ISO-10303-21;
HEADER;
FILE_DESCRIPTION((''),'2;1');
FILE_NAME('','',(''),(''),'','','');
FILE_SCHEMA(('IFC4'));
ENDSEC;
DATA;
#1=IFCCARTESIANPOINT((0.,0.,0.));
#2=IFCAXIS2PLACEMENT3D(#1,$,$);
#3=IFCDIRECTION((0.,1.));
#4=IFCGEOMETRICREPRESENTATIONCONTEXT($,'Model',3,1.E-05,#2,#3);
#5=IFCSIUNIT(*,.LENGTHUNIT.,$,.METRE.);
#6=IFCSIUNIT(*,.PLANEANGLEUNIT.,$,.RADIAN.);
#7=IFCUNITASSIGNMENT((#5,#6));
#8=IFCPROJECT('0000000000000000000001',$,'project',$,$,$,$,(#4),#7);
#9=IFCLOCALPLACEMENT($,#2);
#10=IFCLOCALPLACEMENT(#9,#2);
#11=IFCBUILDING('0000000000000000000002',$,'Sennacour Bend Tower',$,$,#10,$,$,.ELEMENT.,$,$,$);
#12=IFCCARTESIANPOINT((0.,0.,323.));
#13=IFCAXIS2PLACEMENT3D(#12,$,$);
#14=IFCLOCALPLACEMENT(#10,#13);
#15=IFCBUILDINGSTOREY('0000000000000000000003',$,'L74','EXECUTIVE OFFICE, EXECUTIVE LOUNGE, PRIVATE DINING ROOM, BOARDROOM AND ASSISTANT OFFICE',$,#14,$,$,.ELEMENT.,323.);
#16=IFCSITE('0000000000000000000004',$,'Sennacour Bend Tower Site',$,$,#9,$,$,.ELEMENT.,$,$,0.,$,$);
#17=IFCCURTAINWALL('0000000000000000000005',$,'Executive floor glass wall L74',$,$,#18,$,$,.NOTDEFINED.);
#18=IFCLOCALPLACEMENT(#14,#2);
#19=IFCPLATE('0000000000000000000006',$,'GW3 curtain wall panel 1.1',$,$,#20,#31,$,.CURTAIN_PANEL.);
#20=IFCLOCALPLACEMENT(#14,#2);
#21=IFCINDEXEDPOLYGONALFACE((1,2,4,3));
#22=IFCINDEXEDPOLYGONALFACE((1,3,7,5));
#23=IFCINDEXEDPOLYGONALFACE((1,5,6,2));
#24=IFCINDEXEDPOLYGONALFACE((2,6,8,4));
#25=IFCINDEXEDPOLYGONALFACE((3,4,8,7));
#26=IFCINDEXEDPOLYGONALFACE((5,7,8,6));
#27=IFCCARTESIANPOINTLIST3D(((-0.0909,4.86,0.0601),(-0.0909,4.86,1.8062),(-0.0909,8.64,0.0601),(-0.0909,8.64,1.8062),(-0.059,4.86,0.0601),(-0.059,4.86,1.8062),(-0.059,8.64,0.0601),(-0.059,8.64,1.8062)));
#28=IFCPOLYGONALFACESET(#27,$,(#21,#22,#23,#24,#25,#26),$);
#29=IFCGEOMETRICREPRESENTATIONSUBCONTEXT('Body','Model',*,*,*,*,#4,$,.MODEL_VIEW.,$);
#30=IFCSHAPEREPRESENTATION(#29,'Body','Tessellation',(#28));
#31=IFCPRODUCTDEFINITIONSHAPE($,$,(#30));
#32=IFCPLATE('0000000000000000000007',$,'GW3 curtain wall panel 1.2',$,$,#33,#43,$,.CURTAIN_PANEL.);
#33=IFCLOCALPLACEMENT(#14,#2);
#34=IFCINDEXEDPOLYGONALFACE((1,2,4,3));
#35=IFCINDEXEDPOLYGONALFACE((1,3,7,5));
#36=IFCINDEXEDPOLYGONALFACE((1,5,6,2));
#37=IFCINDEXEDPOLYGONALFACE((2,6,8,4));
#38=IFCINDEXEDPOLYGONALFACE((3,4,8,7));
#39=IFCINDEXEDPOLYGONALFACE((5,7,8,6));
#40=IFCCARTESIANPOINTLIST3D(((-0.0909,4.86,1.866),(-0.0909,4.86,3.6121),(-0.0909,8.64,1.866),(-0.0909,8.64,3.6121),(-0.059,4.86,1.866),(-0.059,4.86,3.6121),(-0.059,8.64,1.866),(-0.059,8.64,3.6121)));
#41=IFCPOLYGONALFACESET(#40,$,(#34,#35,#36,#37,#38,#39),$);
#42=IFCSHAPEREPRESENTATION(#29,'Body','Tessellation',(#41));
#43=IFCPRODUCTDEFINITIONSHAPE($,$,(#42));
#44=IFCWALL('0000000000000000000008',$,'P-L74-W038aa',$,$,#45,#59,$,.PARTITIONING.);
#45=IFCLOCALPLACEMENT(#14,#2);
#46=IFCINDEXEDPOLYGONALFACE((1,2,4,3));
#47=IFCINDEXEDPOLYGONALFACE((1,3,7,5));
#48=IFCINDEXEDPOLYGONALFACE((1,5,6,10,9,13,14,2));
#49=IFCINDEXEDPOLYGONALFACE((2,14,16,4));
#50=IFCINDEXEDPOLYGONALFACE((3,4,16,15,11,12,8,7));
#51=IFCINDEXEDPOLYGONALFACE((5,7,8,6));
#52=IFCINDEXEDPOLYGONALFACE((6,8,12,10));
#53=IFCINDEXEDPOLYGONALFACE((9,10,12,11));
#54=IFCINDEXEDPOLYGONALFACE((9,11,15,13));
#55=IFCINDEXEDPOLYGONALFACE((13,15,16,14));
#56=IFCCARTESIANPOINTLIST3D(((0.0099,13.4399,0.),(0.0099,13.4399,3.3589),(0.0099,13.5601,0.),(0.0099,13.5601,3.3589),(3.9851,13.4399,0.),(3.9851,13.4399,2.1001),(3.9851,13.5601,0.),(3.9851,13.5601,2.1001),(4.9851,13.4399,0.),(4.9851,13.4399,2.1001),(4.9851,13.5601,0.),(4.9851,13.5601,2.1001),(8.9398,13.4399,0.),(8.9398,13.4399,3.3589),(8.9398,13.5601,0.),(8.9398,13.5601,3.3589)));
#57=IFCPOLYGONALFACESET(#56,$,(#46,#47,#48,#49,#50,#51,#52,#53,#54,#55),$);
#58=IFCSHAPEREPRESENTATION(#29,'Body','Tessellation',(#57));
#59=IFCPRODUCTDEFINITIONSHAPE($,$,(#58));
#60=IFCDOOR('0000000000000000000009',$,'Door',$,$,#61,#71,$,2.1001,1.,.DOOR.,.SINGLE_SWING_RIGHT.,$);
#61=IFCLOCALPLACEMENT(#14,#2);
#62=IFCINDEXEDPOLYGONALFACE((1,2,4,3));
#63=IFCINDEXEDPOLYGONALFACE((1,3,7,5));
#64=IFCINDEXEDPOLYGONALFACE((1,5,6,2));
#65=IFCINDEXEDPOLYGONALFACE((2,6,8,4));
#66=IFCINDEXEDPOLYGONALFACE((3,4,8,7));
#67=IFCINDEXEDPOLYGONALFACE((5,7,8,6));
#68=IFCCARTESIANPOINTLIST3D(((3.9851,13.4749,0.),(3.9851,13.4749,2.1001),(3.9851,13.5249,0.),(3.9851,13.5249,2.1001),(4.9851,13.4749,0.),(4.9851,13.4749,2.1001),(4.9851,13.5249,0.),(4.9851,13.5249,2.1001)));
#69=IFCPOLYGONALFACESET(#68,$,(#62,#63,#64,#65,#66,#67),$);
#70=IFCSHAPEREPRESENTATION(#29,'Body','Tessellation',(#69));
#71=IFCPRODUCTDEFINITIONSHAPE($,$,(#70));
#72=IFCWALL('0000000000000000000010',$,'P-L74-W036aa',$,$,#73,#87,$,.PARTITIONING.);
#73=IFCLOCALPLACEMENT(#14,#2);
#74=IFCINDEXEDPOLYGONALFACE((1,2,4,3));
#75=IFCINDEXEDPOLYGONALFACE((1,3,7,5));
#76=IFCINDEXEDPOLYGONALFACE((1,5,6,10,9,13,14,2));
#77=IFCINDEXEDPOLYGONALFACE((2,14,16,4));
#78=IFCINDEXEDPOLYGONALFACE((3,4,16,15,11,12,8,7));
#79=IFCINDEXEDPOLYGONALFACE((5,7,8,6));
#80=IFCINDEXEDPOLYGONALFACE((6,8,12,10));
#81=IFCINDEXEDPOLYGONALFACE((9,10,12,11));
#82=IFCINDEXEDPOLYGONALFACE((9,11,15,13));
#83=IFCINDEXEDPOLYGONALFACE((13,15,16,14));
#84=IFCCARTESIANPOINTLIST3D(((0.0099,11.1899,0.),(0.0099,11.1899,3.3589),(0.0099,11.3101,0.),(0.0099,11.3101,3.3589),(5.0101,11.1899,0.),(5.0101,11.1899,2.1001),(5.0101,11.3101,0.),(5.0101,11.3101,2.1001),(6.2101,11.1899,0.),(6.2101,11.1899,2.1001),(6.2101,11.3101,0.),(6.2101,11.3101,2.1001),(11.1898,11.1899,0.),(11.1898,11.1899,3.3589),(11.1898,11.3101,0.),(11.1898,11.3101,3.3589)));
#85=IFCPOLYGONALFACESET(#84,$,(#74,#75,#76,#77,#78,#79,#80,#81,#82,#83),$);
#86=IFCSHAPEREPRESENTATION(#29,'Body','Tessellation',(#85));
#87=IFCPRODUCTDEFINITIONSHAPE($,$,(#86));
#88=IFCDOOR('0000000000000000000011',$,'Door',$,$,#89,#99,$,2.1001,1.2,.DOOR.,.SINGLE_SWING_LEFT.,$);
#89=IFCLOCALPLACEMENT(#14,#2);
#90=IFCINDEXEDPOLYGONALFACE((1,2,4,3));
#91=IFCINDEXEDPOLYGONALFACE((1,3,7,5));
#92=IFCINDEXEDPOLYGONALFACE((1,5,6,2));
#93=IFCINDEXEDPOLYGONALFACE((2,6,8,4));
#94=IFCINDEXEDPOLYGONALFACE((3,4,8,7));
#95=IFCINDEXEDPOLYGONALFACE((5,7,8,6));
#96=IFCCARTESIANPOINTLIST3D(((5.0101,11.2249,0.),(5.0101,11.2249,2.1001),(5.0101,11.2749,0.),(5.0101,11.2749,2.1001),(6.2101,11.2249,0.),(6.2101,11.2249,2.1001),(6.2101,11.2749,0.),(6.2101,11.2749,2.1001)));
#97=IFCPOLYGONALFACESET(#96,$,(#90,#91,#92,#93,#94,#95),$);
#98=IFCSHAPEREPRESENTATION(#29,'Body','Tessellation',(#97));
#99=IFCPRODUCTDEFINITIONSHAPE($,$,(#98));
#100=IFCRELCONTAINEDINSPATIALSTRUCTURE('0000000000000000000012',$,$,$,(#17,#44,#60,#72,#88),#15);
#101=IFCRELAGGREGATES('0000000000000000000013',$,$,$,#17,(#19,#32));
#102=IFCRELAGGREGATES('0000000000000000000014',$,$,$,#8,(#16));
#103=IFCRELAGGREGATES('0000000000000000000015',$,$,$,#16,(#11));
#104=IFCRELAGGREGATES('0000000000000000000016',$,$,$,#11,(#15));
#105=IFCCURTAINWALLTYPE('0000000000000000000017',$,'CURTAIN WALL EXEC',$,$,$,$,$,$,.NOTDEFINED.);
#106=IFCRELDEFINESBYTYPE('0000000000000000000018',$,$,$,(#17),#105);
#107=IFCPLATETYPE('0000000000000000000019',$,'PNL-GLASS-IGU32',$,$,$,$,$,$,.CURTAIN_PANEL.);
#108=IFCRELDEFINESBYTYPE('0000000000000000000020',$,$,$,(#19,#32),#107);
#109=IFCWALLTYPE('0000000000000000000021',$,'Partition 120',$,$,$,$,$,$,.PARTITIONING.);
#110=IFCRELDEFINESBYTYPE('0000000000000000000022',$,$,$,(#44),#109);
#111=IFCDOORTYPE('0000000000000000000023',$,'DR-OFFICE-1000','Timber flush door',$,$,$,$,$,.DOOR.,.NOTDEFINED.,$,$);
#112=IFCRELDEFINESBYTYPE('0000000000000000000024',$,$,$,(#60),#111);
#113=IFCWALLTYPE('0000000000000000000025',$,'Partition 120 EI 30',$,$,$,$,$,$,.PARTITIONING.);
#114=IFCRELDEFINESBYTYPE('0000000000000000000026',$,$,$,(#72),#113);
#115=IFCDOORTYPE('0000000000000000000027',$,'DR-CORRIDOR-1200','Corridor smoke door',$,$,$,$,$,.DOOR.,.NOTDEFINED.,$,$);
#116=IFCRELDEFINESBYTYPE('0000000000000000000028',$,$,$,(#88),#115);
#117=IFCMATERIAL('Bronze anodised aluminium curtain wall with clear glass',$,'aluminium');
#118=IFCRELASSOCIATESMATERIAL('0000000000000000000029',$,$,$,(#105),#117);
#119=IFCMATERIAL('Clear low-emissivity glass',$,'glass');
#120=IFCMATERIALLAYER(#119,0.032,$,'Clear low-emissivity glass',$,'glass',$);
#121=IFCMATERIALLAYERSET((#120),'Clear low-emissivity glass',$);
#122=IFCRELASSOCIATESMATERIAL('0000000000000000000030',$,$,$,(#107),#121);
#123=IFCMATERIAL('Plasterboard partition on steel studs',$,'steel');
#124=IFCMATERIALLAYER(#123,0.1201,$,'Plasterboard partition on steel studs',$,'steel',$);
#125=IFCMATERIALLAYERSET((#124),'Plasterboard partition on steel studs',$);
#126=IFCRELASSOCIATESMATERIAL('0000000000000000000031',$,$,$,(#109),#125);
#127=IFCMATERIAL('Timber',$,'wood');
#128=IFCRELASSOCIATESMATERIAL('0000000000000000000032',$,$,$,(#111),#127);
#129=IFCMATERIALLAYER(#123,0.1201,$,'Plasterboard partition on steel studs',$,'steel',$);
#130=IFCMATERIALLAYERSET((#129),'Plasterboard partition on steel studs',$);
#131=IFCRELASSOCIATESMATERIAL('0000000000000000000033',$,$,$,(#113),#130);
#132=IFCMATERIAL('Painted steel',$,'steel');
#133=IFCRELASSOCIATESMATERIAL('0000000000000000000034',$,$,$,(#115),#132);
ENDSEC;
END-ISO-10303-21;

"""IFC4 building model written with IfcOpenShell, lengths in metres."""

from ifc_helpers import new_model, si_unit, direction, frame, frame_2d, origin, origin_2d, place, context, subcontext, project, spatial, rectangle, extrude, material, layer, layer_set, type_object, element, fill, aggregate, save


model = new_model("IFC4")

# Units and contexts
model_context = context("Model", 3, precision=1e-05, world=origin(), true_north=direction((0.0, 1.0)))
body_context = subcontext(model_context, "Body", "Model", "MODEL_VIEW")
ifc_project = project(units=[si_unit("LENGTHUNIT", "METRE"), si_unit("PLANEANGLEUNIT", "RADIAN")], contexts=[model_context])

# Site, building, storey
site_placement = place(None, origin())
site = spatial("IfcSite", under=ifc_project, at=site_placement, Name="Sennacour Bend Tower Site", CompositionType="ELEMENT", RefElevation=0.0)
building_placement = place(site_placement, origin())
building = spatial("IfcBuilding", under=site, at=building_placement, Name="Sennacour Bend Tower", CompositionType="ELEMENT")
storey_placement = place(building_placement, frame((0.0, 0.0, 323.0)))
storey = spatial("IfcBuildingStorey", under=building, at=storey_placement, Name="L74", Description="EXECUTIVE OFFICE, EXECUTIVE LOUNGE, PRIVATE DINING ROOM, BOARDROOM AND ASSISTANT OFFICE", CompositionType="ELEMENT", Elevation=323.0)

# Shared definitions
ifc_material_1 = material(Name="Bronze anodised aluminium curtain wall with clear glass", Category="aluminium")
curtain_wall_type = type_object("IfcCurtainWallType", Name="CURTAIN WALL EXEC", PredefinedType="NOTDEFINED", material=ifc_material_1)

# Curtain wall
curtain_wall_1_placement = place(storey_placement, origin())
curtain_wall_1 = element("IfcCurtainWall", 1, at=curtain_wall_1_placement, inside=storey, type_object=curtain_wall_type, Name="Executive floor glass wall L74", PredefinedType="NOTDEFINED")

# Plates
ifc_material_2 = material(Name="Clear low-emissivity glass", Category="glass")
ifc_layer_1 = layer(ifc_material_2, 0.032, Name="Clear low-emissivity glass", Category="glass")
ifc_layer_set_1 = layer_set([ifc_layer_1], Name="Clear low-emissivity glass")
plate_type = type_object("IfcPlateType", Name="PNL-GLASS-IGU32", PredefinedType="CURTAIN_PANEL", material=ifc_layer_set_1)
plate_1_placement = place(storey_placement, frame((-0.075, 6.75, 0.0601), z_axis=(0.0, 0.0, 1.0), x_axis=(0.0, -1.0, 0.0)))
plate_1 = element("IfcPlate", 2, at=plate_1_placement, type_object=plate_type, Name="GW3 curtain wall panel 1.1", PredefinedType="CURTAIN_PANEL", context=body_context, shape_type="SweptSolid", body=[
    extrude(rectangle(XDim=3.78, YDim=0.032, at=origin_2d()), origin(), (0.0, 0.0, 1.0), 1.7461),
])
plate_2_placement = place(storey_placement, frame((-0.075, 6.75, 1.866), z_axis=(0.0, 0.0, 1.0), x_axis=(0.0, -1.0, 0.0)))
plate_2 = element("IfcPlate", 3, at=plate_2_placement, type_object=plate_type, Name="GW3 curtain wall panel 1.2", PredefinedType="CURTAIN_PANEL", context=body_context, shape_type="SweptSolid", body=[
    extrude(rectangle(XDim=3.78, YDim=0.032, at=origin_2d()), origin(), (0.0, 0.0, 1.0), 1.7461),
])
aggregate(curtain_wall_1, [plate_1, plate_2])

# Walls, openings, doors
ifc_material_3 = material(Name="Plasterboard partition on steel studs", Category="steel")
ifc_layer_2 = layer(ifc_material_3, 0.1201, Name="Plasterboard partition on steel studs", Category="steel")
ifc_layer_set_2 = layer_set([ifc_layer_2], Name="Plasterboard partition on steel studs")
wall_type_1 = type_object("IfcWallType", Name="Partition 120", PredefinedType="PARTITIONING", material=ifc_layer_set_2)
wall_1_placement = place(storey_placement, frame((0.01, 13.5, 0.0), z_axis=(0.0, 0.0, 1.0), x_axis=(1.0, 0.0, 0.0)))
wall_1 = element("IfcWall", 4, at=wall_1_placement, inside=storey, type_object=wall_type_1, Name="P-L74-W038aa", PredefinedType="PARTITIONING", context=body_context, shape_type="SweptSolid", body=[
    extrude(rectangle(XDim=8.9299, YDim=0.1201, at=frame_2d((4.4648, 0.0))), origin(), (0.0, 0.0, 1.0), 3.3589),
])
opening_1_placement = place(wall_1_placement, frame((3.9751, 0.0, 0.0)))
opening_1 = element("IfcOpeningElement", 5, at=opening_1_placement, cuts=wall_1, PredefinedType="OPENING", context=body_context, shape_type="SweptSolid", body=[
    extrude(rectangle(XDim=1.0, YDim=2.1001, at=frame_2d((0.5, 1.05))), frame((0.0, 0.0701, 0.0), z_axis=(0.0, -1.0, 0.0), x_axis=(1.0, 0.0, 0.0)), (0.0, 0.0, 1.0), 0.1401),
])
ifc_material_4 = material(Name="Timber", Category="wood")
door_type_1 = type_object("IfcDoorType", Name="DR-OFFICE-1000", Description="Timber flush door", OperationType="NOTDEFINED", PredefinedType="DOOR", material=ifc_material_4)
door_1_placement = place(opening_1_placement, origin())
door_1 = element("IfcDoor", 6, at=door_1_placement, inside=storey, type_object=door_type_1, Name="Door", OperationType="SINGLE_SWING_RIGHT", OverallHeight=2.1001, OverallWidth=1.0, PredefinedType="DOOR", context=body_context, shape_type="SweptSolid", body=[
    extrude(rectangle(XDim=1.0, YDim=2.1001, at=frame_2d((0.5, 1.05))), frame((0.0, 0.0249, 0.0), z_axis=(0.0, -1.0, 0.0), x_axis=(1.0, 0.0, 0.0)), (0.0, 0.0, 1.0), 0.05),
])
fill(opening_1, door_1)
ifc_layer_3 = layer(ifc_material_3, 0.1201, Name="Plasterboard partition on steel studs", Category="steel")
ifc_layer_set_3 = layer_set([ifc_layer_3], Name="Plasterboard partition on steel studs")
wall_type_2 = type_object("IfcWallType", Name="Partition 120 EI 30", PredefinedType="PARTITIONING", material=ifc_layer_set_3)
wall_2_placement = place(storey_placement, frame((0.01, 11.25, 0.0), z_axis=(0.0, 0.0, 1.0), x_axis=(1.0, 0.0, 0.0)))
wall_2 = element("IfcWall", 7, at=wall_2_placement, inside=storey, type_object=wall_type_2, Name="P-L74-W036aa", PredefinedType="PARTITIONING", context=body_context, shape_type="SweptSolid", body=[
    extrude(rectangle(XDim=11.1799, YDim=0.1201, at=frame_2d((5.5898, 0.0))), origin(), (0.0, 0.0, 1.0), 3.3589),
])
opening_2_placement = place(wall_2_placement, frame((5.0, 0.0, 0.0)))
opening_2 = element("IfcOpeningElement", 8, at=opening_2_placement, cuts=wall_2, PredefinedType="OPENING", context=body_context, shape_type="SweptSolid", body=[
    extrude(rectangle(XDim=1.2, YDim=2.1001, at=frame_2d((0.6001, 1.05))), frame((0.0, 0.0701, 0.0), z_axis=(0.0, -1.0, 0.0), x_axis=(1.0, 0.0, 0.0)), (0.0, 0.0, 1.0), 0.1401),
])
ifc_material_5 = material(Name="Painted steel", Category="steel")
door_type_2 = type_object("IfcDoorType", Name="DR-CORRIDOR-1200", Description="Corridor smoke door", OperationType="NOTDEFINED", PredefinedType="DOOR", material=ifc_material_5)
door_2_placement = place(opening_2_placement, origin())
door_2 = element("IfcDoor", 9, at=door_2_placement, inside=storey, type_object=door_type_2, Name="Door", OperationType="SINGLE_SWING_LEFT", OverallHeight=2.1001, OverallWidth=1.2, PredefinedType="DOOR", context=body_context, shape_type="SweptSolid", body=[
    extrude(rectangle(XDim=1.2, YDim=2.1001, at=frame_2d((0.6001, 1.05))), frame((0.0, 0.0249, 0.0), z_axis=(0.0, -1.0, 0.0), x_axis=(1.0, 0.0, 0.0)), (0.0, 0.0, 1.0), 0.05),
])
fill(opening_2, door_2)

save(model, "model.ifc")
